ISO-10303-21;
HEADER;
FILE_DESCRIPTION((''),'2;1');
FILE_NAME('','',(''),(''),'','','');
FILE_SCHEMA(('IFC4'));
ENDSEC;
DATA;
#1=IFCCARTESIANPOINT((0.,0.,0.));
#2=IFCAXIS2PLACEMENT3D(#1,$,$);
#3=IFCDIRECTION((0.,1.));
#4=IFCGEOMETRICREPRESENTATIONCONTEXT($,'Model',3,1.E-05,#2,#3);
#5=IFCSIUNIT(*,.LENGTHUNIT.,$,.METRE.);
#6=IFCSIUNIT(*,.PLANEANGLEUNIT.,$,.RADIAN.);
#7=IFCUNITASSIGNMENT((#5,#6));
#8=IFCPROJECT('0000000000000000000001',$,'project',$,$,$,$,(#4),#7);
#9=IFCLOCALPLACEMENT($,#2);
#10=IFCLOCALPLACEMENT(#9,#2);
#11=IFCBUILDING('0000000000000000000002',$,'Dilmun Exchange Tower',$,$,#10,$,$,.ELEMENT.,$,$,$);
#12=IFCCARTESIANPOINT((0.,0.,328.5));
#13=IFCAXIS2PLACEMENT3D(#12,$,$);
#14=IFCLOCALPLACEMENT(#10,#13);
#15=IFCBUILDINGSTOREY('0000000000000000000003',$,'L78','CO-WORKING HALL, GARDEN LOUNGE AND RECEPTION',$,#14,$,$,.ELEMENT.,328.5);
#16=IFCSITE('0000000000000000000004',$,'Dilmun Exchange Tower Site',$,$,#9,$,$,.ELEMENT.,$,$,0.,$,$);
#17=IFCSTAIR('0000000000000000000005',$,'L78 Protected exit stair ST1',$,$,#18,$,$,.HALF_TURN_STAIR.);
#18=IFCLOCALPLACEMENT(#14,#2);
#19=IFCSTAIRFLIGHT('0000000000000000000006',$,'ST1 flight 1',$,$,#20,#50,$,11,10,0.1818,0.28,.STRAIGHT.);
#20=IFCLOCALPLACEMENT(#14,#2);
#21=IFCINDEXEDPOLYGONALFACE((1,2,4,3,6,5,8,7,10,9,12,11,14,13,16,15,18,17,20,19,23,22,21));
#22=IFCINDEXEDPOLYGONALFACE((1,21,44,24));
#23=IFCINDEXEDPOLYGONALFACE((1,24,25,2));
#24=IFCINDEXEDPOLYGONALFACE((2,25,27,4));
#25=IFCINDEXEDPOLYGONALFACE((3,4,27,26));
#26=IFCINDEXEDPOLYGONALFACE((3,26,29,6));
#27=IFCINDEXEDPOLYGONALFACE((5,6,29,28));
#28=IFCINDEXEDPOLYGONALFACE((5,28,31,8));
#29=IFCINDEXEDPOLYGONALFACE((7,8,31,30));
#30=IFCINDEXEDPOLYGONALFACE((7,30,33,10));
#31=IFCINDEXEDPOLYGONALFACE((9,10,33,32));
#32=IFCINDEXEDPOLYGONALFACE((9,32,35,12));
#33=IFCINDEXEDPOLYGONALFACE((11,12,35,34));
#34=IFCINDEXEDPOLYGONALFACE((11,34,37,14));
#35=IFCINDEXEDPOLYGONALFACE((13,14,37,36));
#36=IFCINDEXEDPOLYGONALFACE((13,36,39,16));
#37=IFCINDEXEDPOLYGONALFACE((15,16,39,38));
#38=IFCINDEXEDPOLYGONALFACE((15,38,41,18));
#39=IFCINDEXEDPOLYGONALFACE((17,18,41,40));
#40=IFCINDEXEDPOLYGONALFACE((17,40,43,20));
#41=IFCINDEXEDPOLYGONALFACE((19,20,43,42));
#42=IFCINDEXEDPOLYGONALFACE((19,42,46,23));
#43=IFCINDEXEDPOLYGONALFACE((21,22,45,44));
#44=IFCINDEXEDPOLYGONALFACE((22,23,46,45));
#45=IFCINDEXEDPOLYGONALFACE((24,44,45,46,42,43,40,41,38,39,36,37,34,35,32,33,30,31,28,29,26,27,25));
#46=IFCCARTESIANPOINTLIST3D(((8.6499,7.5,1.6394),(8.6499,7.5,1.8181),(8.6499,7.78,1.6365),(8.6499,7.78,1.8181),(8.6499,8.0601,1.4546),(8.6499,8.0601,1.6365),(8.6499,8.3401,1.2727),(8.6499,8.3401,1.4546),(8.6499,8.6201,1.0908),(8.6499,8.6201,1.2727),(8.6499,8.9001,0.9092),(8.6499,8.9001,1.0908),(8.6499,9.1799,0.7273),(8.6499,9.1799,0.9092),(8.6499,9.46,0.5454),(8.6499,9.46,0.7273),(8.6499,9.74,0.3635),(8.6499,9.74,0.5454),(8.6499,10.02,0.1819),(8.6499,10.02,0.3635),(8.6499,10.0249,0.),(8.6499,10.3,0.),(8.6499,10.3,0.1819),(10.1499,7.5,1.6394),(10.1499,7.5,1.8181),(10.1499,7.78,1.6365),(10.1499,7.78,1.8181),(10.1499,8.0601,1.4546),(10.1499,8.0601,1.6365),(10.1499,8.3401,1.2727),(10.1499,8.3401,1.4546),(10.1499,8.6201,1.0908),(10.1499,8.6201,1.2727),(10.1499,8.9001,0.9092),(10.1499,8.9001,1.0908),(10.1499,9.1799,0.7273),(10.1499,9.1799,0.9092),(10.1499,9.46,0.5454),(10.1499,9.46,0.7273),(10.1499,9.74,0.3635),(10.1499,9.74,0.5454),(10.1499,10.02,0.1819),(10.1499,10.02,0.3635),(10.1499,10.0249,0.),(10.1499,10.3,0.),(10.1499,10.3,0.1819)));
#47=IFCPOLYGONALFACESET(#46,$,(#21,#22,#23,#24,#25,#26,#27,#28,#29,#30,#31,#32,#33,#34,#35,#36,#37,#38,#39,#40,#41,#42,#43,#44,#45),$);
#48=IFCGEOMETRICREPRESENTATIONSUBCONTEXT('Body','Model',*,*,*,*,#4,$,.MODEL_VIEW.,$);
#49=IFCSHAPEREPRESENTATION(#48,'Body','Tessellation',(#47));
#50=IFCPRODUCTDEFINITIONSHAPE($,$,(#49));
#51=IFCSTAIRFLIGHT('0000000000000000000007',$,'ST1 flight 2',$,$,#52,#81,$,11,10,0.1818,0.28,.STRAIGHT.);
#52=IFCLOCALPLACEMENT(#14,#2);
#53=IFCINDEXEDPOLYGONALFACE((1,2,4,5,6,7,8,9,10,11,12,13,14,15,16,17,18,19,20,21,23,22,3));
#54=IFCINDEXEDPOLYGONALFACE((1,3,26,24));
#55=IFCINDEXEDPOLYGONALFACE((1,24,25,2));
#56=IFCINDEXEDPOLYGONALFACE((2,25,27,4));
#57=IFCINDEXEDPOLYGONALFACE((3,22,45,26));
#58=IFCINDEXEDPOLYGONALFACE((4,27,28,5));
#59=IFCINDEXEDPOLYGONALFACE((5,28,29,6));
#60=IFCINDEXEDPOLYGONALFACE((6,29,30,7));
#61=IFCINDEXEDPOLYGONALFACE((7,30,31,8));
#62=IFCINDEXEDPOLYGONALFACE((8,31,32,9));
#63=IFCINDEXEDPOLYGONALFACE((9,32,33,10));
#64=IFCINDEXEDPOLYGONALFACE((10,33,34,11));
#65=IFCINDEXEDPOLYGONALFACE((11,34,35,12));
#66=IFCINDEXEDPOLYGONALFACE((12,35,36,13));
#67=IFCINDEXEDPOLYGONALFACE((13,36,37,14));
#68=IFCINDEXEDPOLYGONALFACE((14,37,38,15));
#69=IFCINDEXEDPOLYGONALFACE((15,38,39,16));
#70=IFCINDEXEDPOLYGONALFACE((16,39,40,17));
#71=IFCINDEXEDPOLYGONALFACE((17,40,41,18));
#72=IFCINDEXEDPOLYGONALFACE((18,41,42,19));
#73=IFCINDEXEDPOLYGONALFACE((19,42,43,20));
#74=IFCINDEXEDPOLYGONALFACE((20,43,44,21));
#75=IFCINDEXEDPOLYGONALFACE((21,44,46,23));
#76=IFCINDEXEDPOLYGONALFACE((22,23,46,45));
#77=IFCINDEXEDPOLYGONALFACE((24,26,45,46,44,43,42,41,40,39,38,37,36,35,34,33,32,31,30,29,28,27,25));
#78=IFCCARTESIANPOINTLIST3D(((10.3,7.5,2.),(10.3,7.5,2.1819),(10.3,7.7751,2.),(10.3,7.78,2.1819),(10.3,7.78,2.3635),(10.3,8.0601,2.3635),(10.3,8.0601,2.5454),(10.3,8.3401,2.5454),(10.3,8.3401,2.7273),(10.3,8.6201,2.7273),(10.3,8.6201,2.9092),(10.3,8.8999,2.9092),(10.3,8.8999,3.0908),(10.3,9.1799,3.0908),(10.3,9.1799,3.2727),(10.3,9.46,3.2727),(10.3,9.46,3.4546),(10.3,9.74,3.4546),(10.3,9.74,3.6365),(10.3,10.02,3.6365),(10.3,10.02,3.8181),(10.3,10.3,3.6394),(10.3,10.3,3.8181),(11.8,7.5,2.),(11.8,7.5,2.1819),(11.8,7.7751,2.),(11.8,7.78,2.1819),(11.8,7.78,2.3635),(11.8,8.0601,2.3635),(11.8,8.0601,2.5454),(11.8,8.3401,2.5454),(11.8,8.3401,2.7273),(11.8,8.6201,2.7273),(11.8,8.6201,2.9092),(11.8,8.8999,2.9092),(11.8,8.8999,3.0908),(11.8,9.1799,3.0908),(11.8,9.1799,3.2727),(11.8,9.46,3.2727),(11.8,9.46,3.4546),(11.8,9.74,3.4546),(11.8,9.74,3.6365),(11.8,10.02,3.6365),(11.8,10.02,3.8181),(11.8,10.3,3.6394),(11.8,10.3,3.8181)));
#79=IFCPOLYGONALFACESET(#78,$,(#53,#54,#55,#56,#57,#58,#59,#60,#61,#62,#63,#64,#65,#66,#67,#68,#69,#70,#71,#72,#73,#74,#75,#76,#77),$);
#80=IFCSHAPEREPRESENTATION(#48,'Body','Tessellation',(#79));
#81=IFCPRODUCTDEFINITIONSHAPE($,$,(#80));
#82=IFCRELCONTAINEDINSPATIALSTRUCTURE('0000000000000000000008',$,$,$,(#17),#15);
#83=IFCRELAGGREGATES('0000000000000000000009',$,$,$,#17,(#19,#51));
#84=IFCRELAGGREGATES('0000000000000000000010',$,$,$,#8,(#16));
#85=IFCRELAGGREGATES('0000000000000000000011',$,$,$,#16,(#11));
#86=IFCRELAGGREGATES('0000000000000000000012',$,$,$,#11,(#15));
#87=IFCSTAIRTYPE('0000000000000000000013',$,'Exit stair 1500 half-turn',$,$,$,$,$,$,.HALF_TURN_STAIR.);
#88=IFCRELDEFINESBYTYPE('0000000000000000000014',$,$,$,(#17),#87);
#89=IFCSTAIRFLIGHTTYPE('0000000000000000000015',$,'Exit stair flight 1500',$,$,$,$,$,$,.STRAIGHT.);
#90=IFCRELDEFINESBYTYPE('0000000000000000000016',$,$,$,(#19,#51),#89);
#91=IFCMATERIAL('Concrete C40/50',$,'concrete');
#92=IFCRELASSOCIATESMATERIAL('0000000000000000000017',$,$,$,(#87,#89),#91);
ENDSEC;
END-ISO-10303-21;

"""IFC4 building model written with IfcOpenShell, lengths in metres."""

from ifc_helpers import new_model, si_unit, direction, frame, origin, place, context, subcontext, project, spatial, polyline, outline, extrude, material, type_object, element, aggregate, save


model = new_model("IFC4")

# Units and contexts
model_context = context("Model", 3, precision=1e-05, world=origin(), true_north=direction((0.0, 1.0)))
body_context = subcontext(model_context, "Body", "Model", "MODEL_VIEW")
ifc_project = project(units=[si_unit("LENGTHUNIT", "METRE"), si_unit("PLANEANGLEUNIT", "RADIAN")], contexts=[model_context])

# Site, building, storey
site_placement = place(None, origin())
site = spatial("IfcSite", under=ifc_project, at=site_placement, Name="Dilmun Exchange Tower Site", CompositionType="ELEMENT", RefElevation=0.0)
building_placement = place(site_placement, origin())
building = spatial("IfcBuilding", under=site, at=building_placement, Name="Dilmun Exchange Tower", CompositionType="ELEMENT")
storey_placement = place(building_placement, frame((0.0, 0.0, 328.5)))
storey = spatial("IfcBuildingStorey", under=building, at=storey_placement, Name="L78", Description="CO-WORKING HALL, GARDEN LOUNGE AND RECEPTION", CompositionType="ELEMENT", Elevation=328.5)

# Shared definitions
ifc_material_1 = material(Name="Concrete C40/50", Category="concrete")

# Stair, stair flights
stair_type = type_object("IfcStairType", Name="Exit stair 1500 half-turn", PredefinedType="HALF_TURN_STAIR", material=ifc_material_1)
stair_placement = place(storey_placement, origin())
stair = element("IfcStair", 1, at=stair_placement, inside=storey, type_object=stair_type, Name="L78 Protected exit stair ST1", PredefinedType="HALF_TURN_STAIR")
stair_flight_type = type_object("IfcStairFlightType", Name="Exit stair flight 1500", PredefinedType="STRAIGHT", material=ifc_material_1)
stair_flight_1_placement = place(storey_placement, frame((9.3999, 10.3, 0.0), z_axis=(0.0, 0.0, 1.0), x_axis=(0.0, -1.0, 0.0)))
stair_flight_1 = element("IfcStairFlight", 2, at=stair_flight_1_placement, type_object=stair_flight_type, Name="ST1 flight 1", NumberOfRisers=11, NumberOfTreads=10, PredefinedType="STRAIGHT", RiserHeight=0.1818, TreadLength=0.28, context=body_context, shape_type="SweptSolid", body=[
    extrude(outline(polyline([(0.0, 0.0), (0.0, 0.1819), (0.28, 0.1819), (0.28, 0.3635), (0.5601, 0.3635), (0.5601, 0.5454), (0.8401, 0.5454), (0.8401, 0.7273), (1.1201, 0.7273), (1.1201, 0.9092), (1.3999, 0.9092), (1.3999, 1.0908), (1.6799, 1.0908), (1.6799, 1.2727), (1.96, 1.2727), (1.96, 1.4546), (2.24, 1.4546), (2.24, 1.6365), (2.52, 1.6365), (2.52, 1.8181), (2.8, 1.8181), (2.8, 2.0), (2.8, 1.6394), (0.2751, 0.0), (0.0, 0.0)])), frame((0.0, 0.75, 0.0), z_axis=(0.0, -1.0, 0.0), x_axis=(1.0, 0.0, 0.0)), (0.0, 0.0, 1.0), 1.5),
])
stair_flight_2_placement = place(storey_placement, frame((11.05, 7.5, 2.0), z_axis=(0.0, 0.0, 1.0), x_axis=(0.0, 1.0, 0.0)))
stair_flight_2 = element("IfcStairFlight", 3, at=stair_flight_2_placement, type_object=stair_flight_type, Name="ST1 flight 2", NumberOfRisers=11, NumberOfTreads=10, PredefinedType="STRAIGHT", RiserHeight=0.1818, TreadLength=0.28, context=body_context, shape_type="SweptSolid", body=[
    extrude(outline(polyline([(0.0, 0.0), (0.0, 0.1819), (0.28, 0.1819), (0.28, 0.3635), (0.5601, 0.3635), (0.5601, 0.5454), (0.8401, 0.5454), (0.8401, 0.7273), (1.1201, 0.7273), (1.1201, 0.9092), (1.3999, 0.9092), (1.3999, 1.0908), (1.6799, 1.0908), (1.6799, 1.2727), (1.96, 1.2727), (1.96, 1.4546), (2.24, 1.4546), (2.24, 1.6365), (2.52, 1.6365), (2.52, 1.8181), (2.8, 1.8181), (2.8, 2.0), (2.8, 1.6394), (0.2751, 0.0), (0.0, 0.0)])), frame((0.0, 0.75, 0.0), z_axis=(0.0, -1.0, 0.0), x_axis=(1.0, 0.0, 0.0)), (0.0, 0.0, 1.0), 1.5),
])
aggregate(stair, [stair_flight_1, stair_flight_2])

save(model, "model.ifc")
